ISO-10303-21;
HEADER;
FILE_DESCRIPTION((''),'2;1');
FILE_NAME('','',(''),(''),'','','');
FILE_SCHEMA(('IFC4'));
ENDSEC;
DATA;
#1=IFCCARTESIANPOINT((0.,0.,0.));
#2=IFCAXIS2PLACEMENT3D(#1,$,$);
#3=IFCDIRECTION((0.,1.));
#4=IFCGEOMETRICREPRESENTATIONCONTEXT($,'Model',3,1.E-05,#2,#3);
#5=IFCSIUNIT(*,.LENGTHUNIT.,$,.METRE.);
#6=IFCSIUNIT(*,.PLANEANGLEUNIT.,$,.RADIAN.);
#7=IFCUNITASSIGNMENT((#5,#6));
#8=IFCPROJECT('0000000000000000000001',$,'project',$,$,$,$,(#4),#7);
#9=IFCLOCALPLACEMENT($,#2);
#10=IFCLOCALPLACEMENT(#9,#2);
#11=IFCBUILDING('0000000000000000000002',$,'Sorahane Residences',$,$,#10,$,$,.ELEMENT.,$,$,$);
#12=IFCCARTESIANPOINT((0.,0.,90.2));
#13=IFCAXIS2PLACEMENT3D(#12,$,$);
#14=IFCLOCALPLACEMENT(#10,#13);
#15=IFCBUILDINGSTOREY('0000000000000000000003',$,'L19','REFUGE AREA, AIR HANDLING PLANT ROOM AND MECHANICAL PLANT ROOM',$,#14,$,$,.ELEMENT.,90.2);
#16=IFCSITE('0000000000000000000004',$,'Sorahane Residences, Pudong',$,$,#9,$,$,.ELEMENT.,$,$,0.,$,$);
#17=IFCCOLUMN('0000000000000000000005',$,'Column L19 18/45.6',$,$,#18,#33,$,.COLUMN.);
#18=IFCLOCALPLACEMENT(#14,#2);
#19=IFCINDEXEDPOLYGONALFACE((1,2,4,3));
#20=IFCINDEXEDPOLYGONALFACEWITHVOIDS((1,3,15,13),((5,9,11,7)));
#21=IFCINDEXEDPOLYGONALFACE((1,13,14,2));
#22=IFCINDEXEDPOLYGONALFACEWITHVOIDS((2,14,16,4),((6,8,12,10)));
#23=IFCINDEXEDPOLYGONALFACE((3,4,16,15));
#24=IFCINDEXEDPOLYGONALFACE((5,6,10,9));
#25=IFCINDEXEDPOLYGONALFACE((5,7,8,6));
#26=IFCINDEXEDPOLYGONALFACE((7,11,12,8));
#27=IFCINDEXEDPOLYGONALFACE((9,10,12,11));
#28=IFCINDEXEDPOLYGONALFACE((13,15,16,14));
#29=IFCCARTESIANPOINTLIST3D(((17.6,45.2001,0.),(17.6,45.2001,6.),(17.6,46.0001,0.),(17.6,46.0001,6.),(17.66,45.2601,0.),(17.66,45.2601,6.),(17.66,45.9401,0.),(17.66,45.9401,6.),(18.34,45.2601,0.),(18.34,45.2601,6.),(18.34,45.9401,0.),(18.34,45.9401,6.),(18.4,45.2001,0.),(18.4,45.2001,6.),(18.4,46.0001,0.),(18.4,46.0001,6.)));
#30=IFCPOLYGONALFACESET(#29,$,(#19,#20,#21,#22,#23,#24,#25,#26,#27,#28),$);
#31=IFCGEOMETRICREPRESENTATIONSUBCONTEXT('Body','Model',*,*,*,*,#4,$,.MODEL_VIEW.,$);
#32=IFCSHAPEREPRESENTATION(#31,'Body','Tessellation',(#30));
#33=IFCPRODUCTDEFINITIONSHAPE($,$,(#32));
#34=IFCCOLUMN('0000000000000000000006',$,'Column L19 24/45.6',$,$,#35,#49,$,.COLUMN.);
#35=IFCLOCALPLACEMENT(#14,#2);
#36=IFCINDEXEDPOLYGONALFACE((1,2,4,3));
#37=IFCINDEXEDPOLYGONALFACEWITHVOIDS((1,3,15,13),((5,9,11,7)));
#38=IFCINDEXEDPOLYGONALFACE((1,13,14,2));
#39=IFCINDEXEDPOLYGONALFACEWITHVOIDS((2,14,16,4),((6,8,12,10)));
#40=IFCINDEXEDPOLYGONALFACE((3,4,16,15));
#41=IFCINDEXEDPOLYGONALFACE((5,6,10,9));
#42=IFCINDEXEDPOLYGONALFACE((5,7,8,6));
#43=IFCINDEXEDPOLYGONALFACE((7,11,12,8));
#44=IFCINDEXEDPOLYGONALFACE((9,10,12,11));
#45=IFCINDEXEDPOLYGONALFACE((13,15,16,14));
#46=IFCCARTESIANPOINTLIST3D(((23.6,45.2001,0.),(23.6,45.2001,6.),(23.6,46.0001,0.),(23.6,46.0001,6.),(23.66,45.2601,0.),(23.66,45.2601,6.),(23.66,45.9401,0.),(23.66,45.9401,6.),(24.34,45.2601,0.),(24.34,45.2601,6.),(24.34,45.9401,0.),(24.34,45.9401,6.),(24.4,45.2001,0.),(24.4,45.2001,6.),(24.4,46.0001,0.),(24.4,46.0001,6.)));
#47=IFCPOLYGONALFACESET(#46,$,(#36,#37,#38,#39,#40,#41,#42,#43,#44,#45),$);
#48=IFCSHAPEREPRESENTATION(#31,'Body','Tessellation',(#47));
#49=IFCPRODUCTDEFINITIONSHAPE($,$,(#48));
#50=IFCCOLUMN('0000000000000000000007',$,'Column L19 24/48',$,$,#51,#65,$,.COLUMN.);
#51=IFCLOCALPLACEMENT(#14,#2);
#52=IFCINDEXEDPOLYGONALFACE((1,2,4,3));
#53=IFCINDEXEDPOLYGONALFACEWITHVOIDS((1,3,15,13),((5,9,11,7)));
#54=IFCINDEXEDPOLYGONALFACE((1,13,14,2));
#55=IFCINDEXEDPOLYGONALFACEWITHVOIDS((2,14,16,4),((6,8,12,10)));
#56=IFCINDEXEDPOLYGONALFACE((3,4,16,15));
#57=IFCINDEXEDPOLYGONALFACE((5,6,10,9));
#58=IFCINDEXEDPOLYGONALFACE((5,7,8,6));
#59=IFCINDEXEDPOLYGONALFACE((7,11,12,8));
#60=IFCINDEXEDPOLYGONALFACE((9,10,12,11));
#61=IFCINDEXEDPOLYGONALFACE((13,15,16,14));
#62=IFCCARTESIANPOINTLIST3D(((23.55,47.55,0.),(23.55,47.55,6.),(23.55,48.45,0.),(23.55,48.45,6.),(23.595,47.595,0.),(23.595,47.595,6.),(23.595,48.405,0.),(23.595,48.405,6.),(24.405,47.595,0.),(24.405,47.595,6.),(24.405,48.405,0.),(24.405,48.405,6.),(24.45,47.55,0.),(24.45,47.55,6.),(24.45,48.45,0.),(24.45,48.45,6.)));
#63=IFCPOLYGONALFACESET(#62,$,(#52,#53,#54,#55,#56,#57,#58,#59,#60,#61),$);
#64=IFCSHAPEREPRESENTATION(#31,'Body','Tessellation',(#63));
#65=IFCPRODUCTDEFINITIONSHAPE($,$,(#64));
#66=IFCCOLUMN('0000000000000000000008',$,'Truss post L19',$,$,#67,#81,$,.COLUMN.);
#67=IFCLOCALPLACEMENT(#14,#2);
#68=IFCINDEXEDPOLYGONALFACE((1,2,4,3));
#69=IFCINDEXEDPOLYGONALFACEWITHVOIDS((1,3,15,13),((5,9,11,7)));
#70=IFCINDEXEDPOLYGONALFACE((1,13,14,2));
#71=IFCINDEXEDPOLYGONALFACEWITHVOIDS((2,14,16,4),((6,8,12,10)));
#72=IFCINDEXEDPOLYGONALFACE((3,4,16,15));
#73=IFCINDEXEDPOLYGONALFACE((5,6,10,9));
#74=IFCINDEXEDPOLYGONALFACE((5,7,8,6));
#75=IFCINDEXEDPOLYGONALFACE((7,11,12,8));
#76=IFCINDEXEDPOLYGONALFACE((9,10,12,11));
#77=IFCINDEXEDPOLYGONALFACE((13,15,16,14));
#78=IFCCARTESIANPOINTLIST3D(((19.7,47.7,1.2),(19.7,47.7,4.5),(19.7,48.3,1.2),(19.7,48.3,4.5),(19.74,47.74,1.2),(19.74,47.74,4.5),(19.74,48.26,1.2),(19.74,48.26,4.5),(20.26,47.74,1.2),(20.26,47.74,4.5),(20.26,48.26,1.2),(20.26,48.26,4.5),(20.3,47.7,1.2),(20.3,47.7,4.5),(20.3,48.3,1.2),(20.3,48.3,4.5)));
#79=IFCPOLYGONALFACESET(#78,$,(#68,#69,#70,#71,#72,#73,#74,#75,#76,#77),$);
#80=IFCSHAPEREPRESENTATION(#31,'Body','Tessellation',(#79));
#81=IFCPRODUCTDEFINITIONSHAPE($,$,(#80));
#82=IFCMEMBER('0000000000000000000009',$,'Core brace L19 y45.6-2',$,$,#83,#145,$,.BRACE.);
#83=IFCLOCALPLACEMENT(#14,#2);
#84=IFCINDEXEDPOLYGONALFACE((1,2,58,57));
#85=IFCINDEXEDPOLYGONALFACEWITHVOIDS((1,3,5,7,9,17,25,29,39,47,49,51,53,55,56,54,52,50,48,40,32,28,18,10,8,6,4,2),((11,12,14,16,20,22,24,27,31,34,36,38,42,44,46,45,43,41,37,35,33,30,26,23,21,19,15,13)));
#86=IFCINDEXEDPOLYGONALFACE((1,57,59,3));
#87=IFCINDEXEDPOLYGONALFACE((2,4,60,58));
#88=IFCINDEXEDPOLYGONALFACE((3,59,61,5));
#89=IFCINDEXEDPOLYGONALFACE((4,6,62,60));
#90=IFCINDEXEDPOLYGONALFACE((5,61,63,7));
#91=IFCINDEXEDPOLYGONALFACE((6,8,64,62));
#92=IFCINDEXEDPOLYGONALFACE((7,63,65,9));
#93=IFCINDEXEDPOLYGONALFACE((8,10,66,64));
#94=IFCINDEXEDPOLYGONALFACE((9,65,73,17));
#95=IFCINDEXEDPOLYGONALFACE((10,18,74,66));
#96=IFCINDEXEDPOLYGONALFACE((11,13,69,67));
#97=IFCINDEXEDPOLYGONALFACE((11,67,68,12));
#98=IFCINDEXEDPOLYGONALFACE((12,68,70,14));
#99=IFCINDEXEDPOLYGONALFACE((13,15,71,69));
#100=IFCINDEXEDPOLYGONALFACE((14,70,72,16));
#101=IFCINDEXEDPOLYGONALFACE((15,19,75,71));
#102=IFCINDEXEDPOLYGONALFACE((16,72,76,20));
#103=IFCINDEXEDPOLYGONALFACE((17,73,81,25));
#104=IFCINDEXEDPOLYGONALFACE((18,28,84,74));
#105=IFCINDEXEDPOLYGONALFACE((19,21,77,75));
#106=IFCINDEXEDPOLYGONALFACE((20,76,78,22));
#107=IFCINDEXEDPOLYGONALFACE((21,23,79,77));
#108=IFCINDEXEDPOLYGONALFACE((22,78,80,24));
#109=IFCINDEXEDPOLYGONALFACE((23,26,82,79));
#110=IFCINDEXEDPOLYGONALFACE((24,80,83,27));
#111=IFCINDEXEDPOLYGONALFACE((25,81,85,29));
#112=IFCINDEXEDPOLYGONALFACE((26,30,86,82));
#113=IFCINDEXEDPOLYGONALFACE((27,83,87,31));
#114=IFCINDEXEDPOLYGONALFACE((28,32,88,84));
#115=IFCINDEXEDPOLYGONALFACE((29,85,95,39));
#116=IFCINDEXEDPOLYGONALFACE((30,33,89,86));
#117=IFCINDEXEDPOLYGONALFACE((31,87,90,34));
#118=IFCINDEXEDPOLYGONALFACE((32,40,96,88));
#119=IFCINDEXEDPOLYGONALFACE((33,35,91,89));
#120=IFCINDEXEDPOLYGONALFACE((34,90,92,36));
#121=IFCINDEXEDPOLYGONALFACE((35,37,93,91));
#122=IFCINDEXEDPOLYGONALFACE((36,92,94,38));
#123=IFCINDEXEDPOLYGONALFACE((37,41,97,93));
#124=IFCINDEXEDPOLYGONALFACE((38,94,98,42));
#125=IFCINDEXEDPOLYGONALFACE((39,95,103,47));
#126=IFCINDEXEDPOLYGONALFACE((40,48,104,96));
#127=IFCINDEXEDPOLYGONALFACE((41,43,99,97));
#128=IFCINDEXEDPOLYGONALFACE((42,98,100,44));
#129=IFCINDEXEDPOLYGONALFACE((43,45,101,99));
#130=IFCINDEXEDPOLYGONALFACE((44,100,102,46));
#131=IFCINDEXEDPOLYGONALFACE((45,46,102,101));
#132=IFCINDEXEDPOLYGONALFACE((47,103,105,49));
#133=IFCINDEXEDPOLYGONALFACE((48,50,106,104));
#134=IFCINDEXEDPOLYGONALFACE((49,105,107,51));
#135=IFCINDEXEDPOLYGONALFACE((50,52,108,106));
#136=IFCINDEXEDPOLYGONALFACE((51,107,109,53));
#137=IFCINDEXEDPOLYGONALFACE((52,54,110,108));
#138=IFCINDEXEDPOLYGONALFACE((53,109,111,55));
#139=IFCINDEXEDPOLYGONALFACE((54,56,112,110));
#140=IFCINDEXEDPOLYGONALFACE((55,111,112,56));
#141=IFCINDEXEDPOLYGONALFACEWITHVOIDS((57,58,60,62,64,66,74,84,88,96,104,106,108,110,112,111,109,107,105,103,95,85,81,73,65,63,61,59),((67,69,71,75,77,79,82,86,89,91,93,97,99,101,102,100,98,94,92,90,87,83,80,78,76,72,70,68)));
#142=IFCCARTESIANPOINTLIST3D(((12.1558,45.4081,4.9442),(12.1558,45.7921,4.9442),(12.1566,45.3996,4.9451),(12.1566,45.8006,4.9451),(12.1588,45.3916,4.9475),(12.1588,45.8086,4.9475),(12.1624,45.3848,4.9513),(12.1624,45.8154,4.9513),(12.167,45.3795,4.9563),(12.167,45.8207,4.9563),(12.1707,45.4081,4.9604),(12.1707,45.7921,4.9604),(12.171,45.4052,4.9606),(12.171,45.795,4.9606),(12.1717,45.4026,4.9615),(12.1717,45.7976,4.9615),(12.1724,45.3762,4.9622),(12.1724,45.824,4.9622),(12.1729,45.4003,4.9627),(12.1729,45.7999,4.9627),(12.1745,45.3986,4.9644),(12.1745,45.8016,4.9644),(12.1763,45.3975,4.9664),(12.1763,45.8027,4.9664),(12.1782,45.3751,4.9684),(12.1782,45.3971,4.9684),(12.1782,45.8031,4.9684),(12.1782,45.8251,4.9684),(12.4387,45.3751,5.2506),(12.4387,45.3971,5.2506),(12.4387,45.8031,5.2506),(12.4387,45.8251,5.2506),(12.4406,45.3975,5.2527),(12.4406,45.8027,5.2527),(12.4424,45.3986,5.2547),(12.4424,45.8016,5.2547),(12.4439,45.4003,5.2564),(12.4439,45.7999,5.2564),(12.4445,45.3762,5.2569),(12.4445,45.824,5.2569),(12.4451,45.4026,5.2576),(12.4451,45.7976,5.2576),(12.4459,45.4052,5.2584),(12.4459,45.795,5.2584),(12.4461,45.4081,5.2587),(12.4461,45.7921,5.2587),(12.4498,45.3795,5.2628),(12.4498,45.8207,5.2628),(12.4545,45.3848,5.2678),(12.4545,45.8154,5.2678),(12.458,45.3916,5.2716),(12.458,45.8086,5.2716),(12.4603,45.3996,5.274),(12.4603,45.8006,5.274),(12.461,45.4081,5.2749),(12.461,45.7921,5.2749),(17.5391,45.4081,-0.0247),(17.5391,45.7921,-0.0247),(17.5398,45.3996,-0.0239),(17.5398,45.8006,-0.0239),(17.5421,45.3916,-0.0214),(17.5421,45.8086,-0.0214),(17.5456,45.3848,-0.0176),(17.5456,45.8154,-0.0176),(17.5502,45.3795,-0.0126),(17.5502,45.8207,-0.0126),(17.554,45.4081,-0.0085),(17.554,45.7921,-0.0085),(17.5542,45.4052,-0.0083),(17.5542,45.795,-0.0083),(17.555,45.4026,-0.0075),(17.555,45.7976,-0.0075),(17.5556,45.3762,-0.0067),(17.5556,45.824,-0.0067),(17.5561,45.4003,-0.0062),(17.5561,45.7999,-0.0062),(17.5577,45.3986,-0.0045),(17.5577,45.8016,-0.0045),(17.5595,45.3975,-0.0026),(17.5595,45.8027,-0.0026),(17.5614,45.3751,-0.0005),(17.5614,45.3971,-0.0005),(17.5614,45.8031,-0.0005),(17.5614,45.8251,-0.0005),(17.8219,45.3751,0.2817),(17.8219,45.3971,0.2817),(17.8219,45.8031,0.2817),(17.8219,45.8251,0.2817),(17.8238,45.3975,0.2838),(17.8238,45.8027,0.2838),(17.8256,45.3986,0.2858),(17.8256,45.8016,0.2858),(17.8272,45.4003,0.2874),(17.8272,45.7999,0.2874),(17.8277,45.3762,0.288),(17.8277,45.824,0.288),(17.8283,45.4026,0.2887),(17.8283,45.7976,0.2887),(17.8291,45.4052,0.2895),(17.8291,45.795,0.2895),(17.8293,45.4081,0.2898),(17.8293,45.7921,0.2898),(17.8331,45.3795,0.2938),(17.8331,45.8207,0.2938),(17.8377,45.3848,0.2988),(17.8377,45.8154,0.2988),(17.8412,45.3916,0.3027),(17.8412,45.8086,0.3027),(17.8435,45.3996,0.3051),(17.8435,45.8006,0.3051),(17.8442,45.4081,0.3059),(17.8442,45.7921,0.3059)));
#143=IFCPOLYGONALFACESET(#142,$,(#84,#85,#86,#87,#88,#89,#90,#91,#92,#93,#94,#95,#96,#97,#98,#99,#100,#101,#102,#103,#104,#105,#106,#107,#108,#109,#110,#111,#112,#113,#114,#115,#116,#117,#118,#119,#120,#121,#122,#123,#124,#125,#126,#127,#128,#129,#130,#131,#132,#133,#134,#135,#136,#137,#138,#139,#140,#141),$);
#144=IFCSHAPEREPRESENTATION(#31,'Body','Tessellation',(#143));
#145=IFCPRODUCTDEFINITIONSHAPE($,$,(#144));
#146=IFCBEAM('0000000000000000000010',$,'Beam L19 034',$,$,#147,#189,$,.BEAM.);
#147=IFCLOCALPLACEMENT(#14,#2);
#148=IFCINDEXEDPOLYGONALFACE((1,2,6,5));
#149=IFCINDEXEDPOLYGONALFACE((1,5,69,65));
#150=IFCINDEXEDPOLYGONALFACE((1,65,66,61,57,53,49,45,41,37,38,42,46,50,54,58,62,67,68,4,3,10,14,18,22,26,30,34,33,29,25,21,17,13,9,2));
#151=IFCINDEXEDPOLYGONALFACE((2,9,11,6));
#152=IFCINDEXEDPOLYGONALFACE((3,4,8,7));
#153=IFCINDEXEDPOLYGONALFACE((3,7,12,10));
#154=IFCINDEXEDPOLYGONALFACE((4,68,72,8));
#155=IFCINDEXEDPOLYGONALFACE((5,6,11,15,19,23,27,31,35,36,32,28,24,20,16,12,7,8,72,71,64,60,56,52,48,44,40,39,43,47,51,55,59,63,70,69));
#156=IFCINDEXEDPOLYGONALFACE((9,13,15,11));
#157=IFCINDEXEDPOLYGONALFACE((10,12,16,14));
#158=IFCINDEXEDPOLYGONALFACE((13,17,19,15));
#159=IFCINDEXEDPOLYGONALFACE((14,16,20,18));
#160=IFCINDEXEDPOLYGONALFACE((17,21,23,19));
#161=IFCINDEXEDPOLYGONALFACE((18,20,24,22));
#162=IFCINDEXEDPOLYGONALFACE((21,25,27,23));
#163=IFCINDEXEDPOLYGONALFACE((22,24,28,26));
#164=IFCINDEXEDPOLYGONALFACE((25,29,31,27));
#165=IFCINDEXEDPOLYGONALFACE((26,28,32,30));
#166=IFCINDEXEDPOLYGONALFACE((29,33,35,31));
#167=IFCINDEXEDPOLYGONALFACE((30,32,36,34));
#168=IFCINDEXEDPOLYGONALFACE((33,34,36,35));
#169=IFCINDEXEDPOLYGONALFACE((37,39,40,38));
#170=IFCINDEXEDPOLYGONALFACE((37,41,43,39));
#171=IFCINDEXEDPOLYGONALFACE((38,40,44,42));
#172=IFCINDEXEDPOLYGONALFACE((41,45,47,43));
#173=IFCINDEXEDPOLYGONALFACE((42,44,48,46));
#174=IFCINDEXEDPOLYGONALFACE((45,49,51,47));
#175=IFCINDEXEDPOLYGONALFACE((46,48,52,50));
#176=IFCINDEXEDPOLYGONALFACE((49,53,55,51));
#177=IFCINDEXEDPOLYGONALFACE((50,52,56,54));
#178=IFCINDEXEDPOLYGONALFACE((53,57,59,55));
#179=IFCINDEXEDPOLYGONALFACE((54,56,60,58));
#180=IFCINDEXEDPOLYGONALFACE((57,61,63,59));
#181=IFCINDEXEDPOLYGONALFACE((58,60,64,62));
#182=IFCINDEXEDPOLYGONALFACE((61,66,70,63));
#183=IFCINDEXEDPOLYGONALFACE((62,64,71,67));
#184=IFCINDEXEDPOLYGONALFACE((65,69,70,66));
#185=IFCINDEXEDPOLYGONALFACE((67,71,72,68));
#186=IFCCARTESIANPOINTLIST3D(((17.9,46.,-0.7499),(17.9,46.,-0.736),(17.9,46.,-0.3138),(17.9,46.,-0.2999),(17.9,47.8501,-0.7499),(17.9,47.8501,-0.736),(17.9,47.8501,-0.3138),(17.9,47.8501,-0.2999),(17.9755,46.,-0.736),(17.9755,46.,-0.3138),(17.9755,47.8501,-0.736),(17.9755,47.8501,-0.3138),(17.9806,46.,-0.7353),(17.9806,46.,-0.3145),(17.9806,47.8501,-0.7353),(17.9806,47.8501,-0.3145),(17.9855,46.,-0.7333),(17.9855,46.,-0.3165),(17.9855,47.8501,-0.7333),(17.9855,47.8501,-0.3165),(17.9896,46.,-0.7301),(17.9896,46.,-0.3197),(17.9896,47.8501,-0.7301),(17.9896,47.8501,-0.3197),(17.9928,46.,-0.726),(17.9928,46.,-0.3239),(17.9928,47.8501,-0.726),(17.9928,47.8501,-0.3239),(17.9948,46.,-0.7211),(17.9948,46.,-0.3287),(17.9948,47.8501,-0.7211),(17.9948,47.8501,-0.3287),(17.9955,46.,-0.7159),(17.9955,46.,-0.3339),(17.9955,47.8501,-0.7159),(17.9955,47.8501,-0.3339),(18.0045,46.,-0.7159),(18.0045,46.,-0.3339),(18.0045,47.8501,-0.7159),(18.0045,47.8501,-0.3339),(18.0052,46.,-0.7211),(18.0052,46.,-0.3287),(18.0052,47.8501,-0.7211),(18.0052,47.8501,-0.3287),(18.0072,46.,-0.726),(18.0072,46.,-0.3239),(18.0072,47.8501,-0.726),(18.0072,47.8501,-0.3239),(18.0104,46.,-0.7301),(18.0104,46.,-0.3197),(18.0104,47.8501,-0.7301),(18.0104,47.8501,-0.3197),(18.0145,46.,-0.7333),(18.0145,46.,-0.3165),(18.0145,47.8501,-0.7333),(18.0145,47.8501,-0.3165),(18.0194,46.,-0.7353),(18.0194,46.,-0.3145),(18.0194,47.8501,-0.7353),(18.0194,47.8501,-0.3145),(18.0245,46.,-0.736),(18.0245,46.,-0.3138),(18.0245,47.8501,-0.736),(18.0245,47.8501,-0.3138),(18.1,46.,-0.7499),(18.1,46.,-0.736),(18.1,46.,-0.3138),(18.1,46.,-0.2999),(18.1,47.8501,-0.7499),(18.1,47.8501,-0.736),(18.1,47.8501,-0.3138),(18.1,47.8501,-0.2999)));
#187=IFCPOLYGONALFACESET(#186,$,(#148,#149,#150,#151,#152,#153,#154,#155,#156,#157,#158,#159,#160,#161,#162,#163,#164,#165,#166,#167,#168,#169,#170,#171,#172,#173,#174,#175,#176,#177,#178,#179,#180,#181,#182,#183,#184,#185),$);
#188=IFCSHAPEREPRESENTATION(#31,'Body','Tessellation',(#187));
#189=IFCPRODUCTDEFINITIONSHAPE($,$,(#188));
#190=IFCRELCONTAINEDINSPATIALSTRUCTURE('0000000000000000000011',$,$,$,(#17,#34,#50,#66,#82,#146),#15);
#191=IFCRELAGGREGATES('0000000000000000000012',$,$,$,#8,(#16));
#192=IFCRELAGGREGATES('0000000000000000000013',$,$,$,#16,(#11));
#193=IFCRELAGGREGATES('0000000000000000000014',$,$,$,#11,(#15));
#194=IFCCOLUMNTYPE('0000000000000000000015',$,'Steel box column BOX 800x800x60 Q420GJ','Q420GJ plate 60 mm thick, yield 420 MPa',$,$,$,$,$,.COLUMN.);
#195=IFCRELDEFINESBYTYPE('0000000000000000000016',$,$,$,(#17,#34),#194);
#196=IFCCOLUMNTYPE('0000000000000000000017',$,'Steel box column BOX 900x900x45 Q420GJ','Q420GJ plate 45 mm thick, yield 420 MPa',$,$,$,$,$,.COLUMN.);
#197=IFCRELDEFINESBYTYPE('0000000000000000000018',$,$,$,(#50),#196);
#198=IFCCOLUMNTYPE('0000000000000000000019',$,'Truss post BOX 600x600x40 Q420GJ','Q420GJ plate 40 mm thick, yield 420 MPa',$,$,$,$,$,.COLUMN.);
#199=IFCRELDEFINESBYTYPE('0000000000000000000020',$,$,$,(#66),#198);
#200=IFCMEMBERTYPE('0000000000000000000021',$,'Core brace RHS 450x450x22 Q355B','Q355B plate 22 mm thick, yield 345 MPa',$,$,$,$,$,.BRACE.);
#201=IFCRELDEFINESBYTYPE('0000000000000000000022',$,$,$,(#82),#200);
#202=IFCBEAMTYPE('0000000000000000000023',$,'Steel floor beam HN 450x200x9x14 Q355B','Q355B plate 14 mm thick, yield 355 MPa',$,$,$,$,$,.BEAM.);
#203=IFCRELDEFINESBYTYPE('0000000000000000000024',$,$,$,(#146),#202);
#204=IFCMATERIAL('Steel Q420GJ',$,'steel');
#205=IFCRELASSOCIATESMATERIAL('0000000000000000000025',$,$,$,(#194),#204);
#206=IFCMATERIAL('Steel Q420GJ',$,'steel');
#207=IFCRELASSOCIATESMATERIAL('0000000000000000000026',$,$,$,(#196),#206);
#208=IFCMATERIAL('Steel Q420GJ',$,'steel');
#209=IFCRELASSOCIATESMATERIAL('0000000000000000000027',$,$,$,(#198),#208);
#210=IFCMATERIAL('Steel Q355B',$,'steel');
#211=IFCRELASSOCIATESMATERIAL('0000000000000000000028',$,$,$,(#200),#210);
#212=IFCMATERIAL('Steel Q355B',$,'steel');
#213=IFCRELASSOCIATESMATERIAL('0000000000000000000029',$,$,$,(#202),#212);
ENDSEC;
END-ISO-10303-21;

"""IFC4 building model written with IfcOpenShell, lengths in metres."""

from ifc_helpers import new_model, si_unit, direction, frame, origin, origin_2d, place, context, subcontext, project, spatial, hollow_rectangle, i_section, extrude, material, material_profile, profile_set, type_object, element, save


model = new_model("IFC4")

# Units and contexts
model_context = context("Model", 3, precision=1e-05, world=origin(), true_north=direction((0.0, 1.0)))
body_context = subcontext(model_context, "Body", "Model", "MODEL_VIEW")
ifc_project = project(units=[si_unit("LENGTHUNIT", "METRE"), si_unit("PLANEANGLEUNIT", "RADIAN")], contexts=[model_context])

# Site, building, storey
site_placement = place(None, origin())
site = spatial("IfcSite", under=ifc_project, at=site_placement, Name="Sorahane Residences, Pudong", CompositionType="ELEMENT", RefElevation=0.0)
building_placement = place(site_placement, origin())
building = spatial("IfcBuilding", under=site, at=building_placement, Name="Sorahane Residences", CompositionType="ELEMENT")
storey_placement = place(building_placement, frame((0.0, 0.0, 90.2)))
storey = spatial("IfcBuildingStorey", under=building, at=storey_placement, Name="L19", Description="REFUGE AREA, AIR HANDLING PLANT ROOM AND MECHANICAL PLANT ROOM", CompositionType="ELEMENT", Elevation=90.2)

# Columns
ifc_material_1 = material(Name="Steel Q420GJ", Category="steel")
ifc_material_profile_1 = material_profile(ifc_material_1, hollow_rectangle(XDim=0.8, YDim=0.8, WallThickness=0.0601, at=origin_2d()), Name="BOX 800x800x60")
ifc_profile_set_1 = profile_set([ifc_material_profile_1], Name="Steel Q420GJ")
column_type_1 = type_object("IfcColumnType", Name="Steel box column BOX 800x800x60 Q420GJ", Description="Q420GJ plate 60 mm thick, yield 420 MPa", PredefinedType="COLUMN", material=ifc_profile_set_1)
for number, where, z_axis, x_axis, name in (
    (1, (18.0, 45.6001, 0.0), (0.0, 0.0, 1.0), (1.0, 0.0, 0.0), "Column L19 18/45.6"),
    (2, (24.0, 45.6001, 0.0), (0.0, 0.0, 1.0), (1.0, 0.0, 0.0), "Column L19 24/45.6"),
):
    element("IfcColumn", number, at=place(storey_placement, frame(where, z_axis=z_axis, x_axis=x_axis)), inside=storey, type_object=column_type_1, Name=name, PredefinedType="COLUMN", context=body_context, shape_type="SweptSolid", body=[
        extrude(hollow_rectangle(XDim=0.8, YDim=0.8, WallThickness=0.0601, at=origin_2d()), origin(), (0.0, 0.0, 1.0), 6.0),
    ])
ifc_material_2 = material(Name="Steel Q420GJ", Category="steel")
ifc_material_profile_2 = material_profile(ifc_material_2, hollow_rectangle(XDim=0.8999, YDim=0.8999, WallThickness=0.0449, at=origin_2d()), Name="BOX 900x900x45")
ifc_profile_set_2 = profile_set([ifc_material_profile_2], Name="Steel Q420GJ")
column_type_2 = type_object("IfcColumnType", Name="Steel box column BOX 900x900x45 Q420GJ", Description="Q420GJ plate 45 mm thick, yield 420 MPa", PredefinedType="COLUMN", material=ifc_profile_set_2)
column_1_placement = place(storey_placement, frame((24.0, 48.0, 0.0), z_axis=(0.0, 0.0, 1.0), x_axis=(1.0, 0.0, 0.0)))
element("IfcColumn", 3, at=column_1_placement, inside=storey, type_object=column_type_2, Name="Column L19 24/48", PredefinedType="COLUMN", context=body_context, shape_type="SweptSolid", body=[
    extrude(hollow_rectangle(XDim=0.8999, YDim=0.8999, WallThickness=0.0449, at=origin_2d()), origin(), (0.0, 0.0, 1.0), 6.0),
])
ifc_material_3 = material(Name="Steel Q420GJ", Category="steel")
ifc_material_profile_3 = material_profile(ifc_material_3, hollow_rectangle(XDim=0.6001, YDim=0.6001, WallThickness=0.04, at=origin_2d()), Name="BOX 600x600x40")
ifc_profile_set_3 = profile_set([ifc_material_profile_3], Name="Steel Q420GJ")
column_type_3 = type_object("IfcColumnType", Name="Truss post BOX 600x600x40 Q420GJ", Description="Q420GJ plate 40 mm thick, yield 420 MPa", PredefinedType="COLUMN", material=ifc_profile_set_3)
column_2_placement = place(storey_placement, frame((20.0, 48.0, 1.2), z_axis=(0.0, 0.0, 1.0), x_axis=(1.0, 0.0, 0.0)))
element("IfcColumn", 4, at=column_2_placement, inside=storey, type_object=column_type_3, Name="Truss post L19", PredefinedType="COLUMN", context=body_context, shape_type="SweptSolid", body=[
    extrude(hollow_rectangle(XDim=0.6001, YDim=0.6001, WallThickness=0.04, at=origin_2d()), origin(), (0.0, 0.0, 1.0), 3.3),
])

# Member
ifc_material_4 = material(Name="Steel Q355B", Category="steel")
ifc_material_profile_4 = material_profile(ifc_material_4, hollow_rectangle(XDim=0.45, YDim=0.45, WallThickness=0.022, InnerFilletRadius=0.011, OuterFilletRadius=0.033, at=origin_2d()), Name="RHS 450x450x22")
ifc_profile_set_4 = profile_set([ifc_material_profile_4], Name="Steel Q355B")
member_type_1 = type_object("IfcMemberType", Name="Core brace RHS 450x450x22 Q355B", Description="Q355B plate 22 mm thick, yield 345 MPa", PredefinedType="BRACE", material=ifc_profile_set_4)
member_placement = place(storey_placement, frame((17.6917, 45.6001, 0.1406), z_axis=(-0.734817, 0.0, 0.678265), x_axis=(0.0, -1.0, 0.0)))
element("IfcMember", 5, at=member_placement, inside=storey, type_object=member_type_1, Name="Core brace L19 y45.6-2", PredefinedType="BRACE", context=body_context, shape_type="SweptSolid", body=[
    extrude(hollow_rectangle(XDim=0.45, YDim=0.45, WallThickness=0.022, InnerFilletRadius=0.011, OuterFilletRadius=0.033, at=origin_2d()), origin(), (0.0, 0.0, 1.0), 7.3259),
])

# Beam
ifc_material_5 = material(Name="Steel Q355B", Category="steel")
ifc_material_profile_5 = material_profile(ifc_material_5, i_section(OverallWidth=0.2, OverallDepth=0.45, WebThickness=0.009, FlangeThickness=0.0139, FilletRadius=0.02, at=origin_2d()), Name="HN 450x200x9x14")
ifc_profile_set_5 = profile_set([ifc_material_profile_5], Name="Steel Q355B")
beam_type_1 = type_object("IfcBeamType", Name="Steel floor beam HN 450x200x9x14 Q355B", Description="Q355B plate 14 mm thick, yield 355 MPa", PredefinedType="BEAM", material=ifc_profile_set_5)
beam_1_placement = place(storey_placement, frame((18.0, 46.0, -0.5249), z_axis=(0.0, 1.0, 0.0), x_axis=(-1.0, 0.0, 0.0)))
element("IfcBeam", 6, at=beam_1_placement, inside=storey, type_object=beam_type_1, Name="Beam L19 034", PredefinedType="BEAM", context=body_context, shape_type="SweptSolid", body=[
    extrude(i_section(OverallWidth=0.2, OverallDepth=0.45, WebThickness=0.009, FlangeThickness=0.0139, FilletRadius=0.02, at=origin_2d()), origin(), (0.0, 0.0, 1.0), 1.8501),
])

save(model, "model.ifc")
